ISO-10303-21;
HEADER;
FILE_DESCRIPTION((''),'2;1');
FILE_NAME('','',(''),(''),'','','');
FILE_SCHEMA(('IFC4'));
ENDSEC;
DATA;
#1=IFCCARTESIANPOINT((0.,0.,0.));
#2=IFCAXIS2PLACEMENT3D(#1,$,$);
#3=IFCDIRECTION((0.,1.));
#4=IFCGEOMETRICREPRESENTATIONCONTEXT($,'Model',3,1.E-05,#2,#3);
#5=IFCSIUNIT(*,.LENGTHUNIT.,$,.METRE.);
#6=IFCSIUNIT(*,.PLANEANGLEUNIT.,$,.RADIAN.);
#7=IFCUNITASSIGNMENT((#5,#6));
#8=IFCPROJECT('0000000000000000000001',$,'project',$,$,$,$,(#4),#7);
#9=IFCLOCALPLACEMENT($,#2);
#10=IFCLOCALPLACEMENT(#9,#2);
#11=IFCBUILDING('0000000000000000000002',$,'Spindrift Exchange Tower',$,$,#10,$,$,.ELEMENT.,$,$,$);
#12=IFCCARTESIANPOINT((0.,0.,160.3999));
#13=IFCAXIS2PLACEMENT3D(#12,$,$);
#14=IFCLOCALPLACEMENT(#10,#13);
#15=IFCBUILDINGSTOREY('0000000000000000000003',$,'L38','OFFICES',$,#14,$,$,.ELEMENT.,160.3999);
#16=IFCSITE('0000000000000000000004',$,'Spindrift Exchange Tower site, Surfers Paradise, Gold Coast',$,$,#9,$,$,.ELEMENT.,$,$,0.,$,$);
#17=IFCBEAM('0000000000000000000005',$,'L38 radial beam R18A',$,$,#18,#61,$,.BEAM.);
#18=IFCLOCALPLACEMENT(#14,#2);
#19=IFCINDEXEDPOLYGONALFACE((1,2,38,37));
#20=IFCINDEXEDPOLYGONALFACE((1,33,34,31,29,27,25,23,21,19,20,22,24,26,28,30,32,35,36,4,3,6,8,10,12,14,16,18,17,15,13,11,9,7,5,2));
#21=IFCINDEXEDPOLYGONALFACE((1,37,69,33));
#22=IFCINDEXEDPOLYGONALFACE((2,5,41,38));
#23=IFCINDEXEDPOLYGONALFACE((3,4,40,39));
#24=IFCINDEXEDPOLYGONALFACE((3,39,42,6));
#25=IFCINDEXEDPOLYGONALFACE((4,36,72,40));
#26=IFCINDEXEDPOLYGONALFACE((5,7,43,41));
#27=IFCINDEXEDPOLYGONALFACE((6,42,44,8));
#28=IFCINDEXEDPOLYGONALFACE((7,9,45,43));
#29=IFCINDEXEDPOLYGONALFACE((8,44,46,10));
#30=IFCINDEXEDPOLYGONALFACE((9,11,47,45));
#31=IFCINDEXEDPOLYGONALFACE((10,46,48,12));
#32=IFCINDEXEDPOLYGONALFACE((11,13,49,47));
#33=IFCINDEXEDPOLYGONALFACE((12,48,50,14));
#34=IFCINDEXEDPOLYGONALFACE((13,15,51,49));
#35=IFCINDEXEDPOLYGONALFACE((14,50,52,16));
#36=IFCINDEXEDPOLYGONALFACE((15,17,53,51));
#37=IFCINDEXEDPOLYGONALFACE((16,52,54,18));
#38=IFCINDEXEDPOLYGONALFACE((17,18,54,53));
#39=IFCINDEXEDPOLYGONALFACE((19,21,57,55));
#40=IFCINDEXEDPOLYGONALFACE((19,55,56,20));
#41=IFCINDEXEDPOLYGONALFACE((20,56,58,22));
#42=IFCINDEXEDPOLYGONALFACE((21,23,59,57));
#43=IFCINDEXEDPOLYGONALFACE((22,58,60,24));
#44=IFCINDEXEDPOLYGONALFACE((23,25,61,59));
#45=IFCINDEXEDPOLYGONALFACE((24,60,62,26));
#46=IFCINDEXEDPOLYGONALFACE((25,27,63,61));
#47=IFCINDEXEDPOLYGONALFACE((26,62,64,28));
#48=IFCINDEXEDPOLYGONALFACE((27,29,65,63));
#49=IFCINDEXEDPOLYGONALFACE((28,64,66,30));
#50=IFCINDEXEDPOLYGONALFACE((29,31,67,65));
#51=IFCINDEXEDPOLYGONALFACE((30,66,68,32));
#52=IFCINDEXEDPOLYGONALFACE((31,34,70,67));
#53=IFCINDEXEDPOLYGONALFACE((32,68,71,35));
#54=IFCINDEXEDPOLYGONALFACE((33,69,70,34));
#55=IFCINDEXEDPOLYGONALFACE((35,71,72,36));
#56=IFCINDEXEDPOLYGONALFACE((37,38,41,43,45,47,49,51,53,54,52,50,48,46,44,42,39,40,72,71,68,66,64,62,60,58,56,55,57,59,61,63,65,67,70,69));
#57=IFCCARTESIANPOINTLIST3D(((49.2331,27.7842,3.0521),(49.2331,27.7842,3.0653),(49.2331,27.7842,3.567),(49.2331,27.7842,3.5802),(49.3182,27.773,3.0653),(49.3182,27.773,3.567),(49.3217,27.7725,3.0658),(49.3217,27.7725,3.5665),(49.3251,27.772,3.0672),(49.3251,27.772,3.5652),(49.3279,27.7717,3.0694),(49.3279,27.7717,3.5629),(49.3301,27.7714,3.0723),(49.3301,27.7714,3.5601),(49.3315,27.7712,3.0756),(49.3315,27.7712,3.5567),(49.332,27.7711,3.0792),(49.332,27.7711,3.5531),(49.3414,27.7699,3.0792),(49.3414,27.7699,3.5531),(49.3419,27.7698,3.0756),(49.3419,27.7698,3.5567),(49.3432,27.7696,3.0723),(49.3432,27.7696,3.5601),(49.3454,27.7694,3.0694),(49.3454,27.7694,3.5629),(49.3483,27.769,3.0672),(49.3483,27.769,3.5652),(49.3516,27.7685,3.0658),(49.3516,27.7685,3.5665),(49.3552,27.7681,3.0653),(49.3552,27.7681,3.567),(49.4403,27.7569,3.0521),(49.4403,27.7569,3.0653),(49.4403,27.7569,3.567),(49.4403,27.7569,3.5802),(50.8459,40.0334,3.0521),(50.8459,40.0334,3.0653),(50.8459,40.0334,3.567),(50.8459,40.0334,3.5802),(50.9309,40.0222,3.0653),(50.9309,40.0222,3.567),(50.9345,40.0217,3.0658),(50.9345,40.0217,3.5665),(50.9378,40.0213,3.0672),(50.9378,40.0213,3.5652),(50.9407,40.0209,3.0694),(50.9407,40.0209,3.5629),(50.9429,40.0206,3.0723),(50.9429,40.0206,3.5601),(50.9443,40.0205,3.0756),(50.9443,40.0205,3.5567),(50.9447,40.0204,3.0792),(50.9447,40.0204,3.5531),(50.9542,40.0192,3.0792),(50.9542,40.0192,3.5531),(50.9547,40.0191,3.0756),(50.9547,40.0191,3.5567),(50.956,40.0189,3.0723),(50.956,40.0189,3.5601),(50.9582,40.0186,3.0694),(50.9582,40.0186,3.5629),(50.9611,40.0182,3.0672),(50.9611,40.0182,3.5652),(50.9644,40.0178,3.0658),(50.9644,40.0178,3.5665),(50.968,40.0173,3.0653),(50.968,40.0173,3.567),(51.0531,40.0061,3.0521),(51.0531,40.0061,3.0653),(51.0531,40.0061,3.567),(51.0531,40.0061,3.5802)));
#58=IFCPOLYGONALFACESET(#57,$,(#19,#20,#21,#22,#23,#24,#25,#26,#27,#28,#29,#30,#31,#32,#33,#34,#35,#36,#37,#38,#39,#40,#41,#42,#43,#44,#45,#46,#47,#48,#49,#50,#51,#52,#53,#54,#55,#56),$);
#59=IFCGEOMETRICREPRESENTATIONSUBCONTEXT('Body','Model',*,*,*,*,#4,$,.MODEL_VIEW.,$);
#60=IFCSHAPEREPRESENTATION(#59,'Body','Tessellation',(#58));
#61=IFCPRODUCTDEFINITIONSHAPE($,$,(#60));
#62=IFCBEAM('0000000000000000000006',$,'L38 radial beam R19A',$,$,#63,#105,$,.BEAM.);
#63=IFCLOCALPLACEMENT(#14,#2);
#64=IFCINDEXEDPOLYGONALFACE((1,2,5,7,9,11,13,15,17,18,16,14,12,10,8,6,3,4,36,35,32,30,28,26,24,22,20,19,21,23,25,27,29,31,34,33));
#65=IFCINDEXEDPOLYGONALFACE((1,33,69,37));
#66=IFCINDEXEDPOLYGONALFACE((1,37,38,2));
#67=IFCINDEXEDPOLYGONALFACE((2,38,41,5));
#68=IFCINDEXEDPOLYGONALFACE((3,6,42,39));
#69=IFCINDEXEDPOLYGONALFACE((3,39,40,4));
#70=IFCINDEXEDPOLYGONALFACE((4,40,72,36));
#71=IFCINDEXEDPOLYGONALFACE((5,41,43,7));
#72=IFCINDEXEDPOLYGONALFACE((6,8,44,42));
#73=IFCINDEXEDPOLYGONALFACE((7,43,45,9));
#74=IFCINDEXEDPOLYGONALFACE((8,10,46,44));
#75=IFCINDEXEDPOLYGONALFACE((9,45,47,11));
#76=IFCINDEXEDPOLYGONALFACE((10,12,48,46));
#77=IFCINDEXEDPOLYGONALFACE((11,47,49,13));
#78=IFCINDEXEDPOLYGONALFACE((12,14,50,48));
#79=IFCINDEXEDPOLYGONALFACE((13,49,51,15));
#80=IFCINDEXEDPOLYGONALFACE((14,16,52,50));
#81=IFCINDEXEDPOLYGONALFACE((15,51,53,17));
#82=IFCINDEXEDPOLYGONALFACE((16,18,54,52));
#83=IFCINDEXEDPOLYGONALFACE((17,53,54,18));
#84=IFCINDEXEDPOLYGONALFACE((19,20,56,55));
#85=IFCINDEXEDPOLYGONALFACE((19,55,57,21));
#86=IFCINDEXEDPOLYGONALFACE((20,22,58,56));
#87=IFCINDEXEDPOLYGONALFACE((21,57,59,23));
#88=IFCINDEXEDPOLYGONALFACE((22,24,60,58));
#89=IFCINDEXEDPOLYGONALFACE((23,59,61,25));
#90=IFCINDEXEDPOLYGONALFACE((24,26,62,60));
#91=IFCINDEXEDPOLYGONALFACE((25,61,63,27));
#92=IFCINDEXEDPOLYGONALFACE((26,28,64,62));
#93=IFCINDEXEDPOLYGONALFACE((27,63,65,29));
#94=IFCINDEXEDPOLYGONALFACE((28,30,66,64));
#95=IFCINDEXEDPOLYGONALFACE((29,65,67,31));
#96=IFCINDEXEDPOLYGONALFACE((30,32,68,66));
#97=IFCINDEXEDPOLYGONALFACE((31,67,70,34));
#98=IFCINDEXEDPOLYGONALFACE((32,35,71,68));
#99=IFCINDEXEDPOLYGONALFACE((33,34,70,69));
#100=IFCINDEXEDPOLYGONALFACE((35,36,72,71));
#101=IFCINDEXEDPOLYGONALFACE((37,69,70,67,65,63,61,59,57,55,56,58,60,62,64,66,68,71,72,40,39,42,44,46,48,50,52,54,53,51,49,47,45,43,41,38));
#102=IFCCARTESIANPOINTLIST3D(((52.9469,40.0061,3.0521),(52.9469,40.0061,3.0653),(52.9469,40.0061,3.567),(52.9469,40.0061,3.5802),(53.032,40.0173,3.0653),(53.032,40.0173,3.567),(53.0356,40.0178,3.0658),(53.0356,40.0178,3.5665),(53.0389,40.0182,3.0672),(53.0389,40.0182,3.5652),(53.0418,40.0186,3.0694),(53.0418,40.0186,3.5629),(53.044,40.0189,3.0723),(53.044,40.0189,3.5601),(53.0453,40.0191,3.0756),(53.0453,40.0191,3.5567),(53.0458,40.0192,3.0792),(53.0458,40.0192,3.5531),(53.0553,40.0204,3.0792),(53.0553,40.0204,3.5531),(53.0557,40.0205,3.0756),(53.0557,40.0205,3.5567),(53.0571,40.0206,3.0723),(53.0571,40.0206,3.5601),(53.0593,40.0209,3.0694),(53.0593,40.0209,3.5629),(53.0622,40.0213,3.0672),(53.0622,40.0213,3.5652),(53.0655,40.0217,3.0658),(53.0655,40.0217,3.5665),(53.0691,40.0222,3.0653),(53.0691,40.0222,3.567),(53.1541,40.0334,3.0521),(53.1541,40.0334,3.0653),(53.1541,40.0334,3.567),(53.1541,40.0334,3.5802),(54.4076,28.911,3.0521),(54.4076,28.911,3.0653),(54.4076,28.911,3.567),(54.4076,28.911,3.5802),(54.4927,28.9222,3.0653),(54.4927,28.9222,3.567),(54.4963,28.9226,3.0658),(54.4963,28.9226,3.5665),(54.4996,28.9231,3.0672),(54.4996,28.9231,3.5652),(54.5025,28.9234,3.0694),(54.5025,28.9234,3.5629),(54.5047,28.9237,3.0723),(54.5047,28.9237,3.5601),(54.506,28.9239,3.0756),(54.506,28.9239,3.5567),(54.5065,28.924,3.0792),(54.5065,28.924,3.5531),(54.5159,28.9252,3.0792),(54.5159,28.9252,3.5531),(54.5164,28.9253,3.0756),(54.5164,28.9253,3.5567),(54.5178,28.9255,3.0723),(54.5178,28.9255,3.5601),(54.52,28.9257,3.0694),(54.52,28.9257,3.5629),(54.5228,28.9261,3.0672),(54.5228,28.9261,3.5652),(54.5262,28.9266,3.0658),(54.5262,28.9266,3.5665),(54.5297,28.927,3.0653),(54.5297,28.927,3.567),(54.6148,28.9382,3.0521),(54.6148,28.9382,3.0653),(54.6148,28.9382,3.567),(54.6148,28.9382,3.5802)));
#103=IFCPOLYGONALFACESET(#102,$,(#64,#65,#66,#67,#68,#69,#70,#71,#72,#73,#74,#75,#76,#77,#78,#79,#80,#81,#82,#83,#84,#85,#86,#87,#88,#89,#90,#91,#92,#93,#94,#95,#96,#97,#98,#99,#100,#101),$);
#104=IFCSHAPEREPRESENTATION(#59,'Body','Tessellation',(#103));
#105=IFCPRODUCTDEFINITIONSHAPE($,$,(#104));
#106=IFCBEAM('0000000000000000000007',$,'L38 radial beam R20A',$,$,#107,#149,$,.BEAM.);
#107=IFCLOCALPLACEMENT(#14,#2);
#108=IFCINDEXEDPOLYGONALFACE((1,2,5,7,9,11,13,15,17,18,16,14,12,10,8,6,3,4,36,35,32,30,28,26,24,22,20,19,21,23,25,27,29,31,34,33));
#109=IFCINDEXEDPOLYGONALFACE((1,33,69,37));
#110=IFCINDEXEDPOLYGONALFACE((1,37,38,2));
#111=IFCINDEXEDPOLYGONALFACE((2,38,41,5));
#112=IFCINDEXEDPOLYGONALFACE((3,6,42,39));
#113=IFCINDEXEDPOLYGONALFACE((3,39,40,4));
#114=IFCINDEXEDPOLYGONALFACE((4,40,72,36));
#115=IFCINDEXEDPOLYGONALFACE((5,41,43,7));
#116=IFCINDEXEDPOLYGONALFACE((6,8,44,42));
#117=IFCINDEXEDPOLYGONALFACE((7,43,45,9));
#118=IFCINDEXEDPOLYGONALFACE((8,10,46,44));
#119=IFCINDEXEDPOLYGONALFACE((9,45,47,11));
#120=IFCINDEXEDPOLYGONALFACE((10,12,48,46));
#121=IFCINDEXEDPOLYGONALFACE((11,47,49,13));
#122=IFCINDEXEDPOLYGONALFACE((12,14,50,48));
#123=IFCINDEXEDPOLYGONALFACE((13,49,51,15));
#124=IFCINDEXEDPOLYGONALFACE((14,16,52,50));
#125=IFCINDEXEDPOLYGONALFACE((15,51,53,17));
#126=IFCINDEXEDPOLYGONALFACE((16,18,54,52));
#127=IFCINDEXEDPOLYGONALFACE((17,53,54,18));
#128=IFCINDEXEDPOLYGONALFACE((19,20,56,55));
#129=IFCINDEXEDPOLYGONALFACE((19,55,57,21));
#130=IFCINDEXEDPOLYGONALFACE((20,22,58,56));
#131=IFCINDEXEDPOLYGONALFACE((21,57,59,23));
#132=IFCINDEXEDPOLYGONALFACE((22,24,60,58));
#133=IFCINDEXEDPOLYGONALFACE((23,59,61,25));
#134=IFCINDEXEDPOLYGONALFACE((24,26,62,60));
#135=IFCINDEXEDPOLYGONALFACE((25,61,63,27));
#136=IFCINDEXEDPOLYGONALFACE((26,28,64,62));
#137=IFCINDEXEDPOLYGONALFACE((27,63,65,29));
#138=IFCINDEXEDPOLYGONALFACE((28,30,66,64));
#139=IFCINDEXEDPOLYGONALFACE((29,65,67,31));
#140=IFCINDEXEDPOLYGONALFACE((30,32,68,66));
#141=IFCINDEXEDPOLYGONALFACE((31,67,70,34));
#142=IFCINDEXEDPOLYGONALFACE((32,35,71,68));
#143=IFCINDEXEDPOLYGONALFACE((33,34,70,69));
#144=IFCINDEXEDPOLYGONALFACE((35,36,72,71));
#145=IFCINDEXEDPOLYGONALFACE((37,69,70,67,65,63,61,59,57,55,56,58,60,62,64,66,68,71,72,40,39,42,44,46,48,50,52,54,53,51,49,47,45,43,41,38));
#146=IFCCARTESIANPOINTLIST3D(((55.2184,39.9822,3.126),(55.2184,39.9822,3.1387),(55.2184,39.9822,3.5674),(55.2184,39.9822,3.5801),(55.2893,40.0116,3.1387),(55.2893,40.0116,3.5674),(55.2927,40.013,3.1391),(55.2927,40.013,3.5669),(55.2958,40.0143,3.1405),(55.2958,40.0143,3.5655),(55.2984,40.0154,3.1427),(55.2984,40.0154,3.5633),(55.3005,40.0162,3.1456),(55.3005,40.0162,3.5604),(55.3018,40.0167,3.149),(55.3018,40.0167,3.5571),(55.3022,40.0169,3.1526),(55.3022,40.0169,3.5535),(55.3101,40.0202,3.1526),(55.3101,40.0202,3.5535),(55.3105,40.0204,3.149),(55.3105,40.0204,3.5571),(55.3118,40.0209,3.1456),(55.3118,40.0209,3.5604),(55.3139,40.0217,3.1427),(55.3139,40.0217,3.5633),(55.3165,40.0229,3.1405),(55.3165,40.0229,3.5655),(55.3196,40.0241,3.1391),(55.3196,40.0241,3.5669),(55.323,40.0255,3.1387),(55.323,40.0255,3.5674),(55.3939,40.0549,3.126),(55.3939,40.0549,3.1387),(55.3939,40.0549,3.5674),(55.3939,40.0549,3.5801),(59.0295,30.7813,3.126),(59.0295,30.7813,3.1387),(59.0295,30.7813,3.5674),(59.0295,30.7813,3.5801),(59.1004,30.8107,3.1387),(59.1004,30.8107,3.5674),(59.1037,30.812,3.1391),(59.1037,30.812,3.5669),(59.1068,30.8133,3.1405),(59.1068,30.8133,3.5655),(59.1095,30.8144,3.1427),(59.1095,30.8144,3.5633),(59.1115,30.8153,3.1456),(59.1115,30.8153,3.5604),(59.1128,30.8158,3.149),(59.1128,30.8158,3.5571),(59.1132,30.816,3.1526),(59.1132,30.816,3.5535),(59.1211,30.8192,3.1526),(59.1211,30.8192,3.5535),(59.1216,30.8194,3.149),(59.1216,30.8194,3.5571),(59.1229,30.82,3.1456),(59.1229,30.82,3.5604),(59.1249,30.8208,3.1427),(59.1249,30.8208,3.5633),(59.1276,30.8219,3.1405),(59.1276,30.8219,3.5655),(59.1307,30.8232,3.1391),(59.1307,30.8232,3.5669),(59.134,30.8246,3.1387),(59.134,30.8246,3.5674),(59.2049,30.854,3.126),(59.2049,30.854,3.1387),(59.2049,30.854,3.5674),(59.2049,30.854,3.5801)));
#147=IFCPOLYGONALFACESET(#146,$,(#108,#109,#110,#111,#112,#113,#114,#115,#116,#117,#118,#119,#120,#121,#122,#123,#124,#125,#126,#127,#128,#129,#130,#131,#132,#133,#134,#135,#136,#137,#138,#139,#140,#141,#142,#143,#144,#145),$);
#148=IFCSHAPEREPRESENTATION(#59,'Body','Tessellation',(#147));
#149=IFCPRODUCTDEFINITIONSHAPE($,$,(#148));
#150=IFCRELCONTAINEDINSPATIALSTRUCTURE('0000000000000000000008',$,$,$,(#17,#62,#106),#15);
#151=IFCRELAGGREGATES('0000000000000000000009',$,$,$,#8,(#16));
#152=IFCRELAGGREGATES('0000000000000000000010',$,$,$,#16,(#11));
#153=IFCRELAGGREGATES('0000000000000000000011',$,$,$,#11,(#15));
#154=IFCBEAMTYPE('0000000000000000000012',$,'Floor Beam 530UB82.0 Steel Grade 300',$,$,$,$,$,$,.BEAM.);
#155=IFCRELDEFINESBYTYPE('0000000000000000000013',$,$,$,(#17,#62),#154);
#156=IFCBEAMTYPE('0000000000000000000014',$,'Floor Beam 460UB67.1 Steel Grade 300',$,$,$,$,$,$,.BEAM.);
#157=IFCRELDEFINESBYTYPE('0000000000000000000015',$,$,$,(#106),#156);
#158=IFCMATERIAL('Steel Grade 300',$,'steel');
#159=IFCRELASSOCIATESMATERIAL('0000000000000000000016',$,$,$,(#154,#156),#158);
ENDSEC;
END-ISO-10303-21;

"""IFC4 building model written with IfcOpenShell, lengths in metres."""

from ifc_helpers import new_model, si_unit, direction, frame, origin, origin_2d, place, context, subcontext, project, spatial, i_section, extrude, source, transform, mapped, material, material_profile, profile_set, type_object, element, save


model = new_model("IFC4")

# Units and contexts
model_context = context("Model", 3, precision=1e-05, world=origin(), true_north=direction((0.0, 1.0)))
body_context = subcontext(model_context, "Body", "Model", "MODEL_VIEW")
ifc_project = project(units=[si_unit("LENGTHUNIT", "METRE"), si_unit("PLANEANGLEUNIT", "RADIAN")], contexts=[model_context])

# Site, building, storey
site_placement = place(None, origin())
site = spatial("IfcSite", under=ifc_project, at=site_placement, Name="Spindrift Exchange Tower site, Surfers Paradise, Gold Coast", CompositionType="ELEMENT", RefElevation=0.0)
building_placement = place(site_placement, origin())
building = spatial("IfcBuilding", under=site, at=building_placement, Name="Spindrift Exchange Tower", CompositionType="ELEMENT")
storey_placement = place(building_placement, frame((0.0, 0.0, 160.3999)))
storey = spatial("IfcBuildingStorey", under=building, at=storey_placement, Name="L38", Description="OFFICES", CompositionType="ELEMENT", Elevation=160.3999)

# Beams
ifc_material_1 = material(Name="Steel Grade 300", Category="steel")
ifc_material_profile_1 = material_profile(ifc_material_1, i_section(OverallWidth=0.209, OverallDepth=0.5281, WebThickness=0.0095, FlangeThickness=0.0132, FilletRadius=0.0139, at=origin_2d()), Name="530UB82.0")
ifc_profile_set_1 = profile_set([ifc_material_profile_1], Name="Steel Grade 300")
beam_type_1 = type_object("IfcBeamType", Name="Floor Beam 530UB82.0 Steel Grade 300", PredefinedType="BEAM", material=ifc_profile_set_1)
shared_shape_1 = source(origin(), body_context, "Body", "SweptSolid", [
    extrude(i_section(OverallWidth=0.209, OverallDepth=0.5281, WebThickness=0.0095, FlangeThickness=0.0132, FilletRadius=0.0139, at=origin_2d()), origin(), (0.0, 0.0, 1.0), 12.355),
])
beam_1_placement = place(storey_placement, frame((50.9495, 40.0198, 3.3162), z_axis=(-0.130538, -0.991443, 0.0), x_axis=(0.991443, -0.130538, 0.0)))
element("IfcBeam", 1, at=beam_1_placement, inside=storey, type_object=beam_type_1, Name="L38 radial beam R18A", PredefinedType="BEAM", context=body_context, shape_type="MappedRepresentation", body=[
    mapped(shared_shape_1, transform((0.0, 0.0, 0.0), scale=1.0)),
])
shared_shape_2 = source(origin(), body_context, "Body", "SweptSolid", [
    extrude(i_section(OverallWidth=0.209, OverallDepth=0.5281, WebThickness=0.0095, FlangeThickness=0.0132, FilletRadius=0.0139, at=origin_2d()), origin(), (0.0, 0.0, 1.0), 11.1909),
])
beam_2_placement = place(storey_placement, frame((53.0505, 40.0198, 3.3162), z_axis=(0.130524, -0.991445, 0.0), x_axis=(0.991445, 0.130524, 0.0)))
element("IfcBeam", 2, at=beam_2_placement, inside=storey, type_object=beam_type_1, Name="L38 radial beam R19A", PredefinedType="BEAM", context=body_context, shape_type="MappedRepresentation", body=[
    mapped(shared_shape_2, transform((0.0, 0.0, 0.0), scale=1.0)),
])
ifc_material_profile_2 = material_profile(ifc_material_1, i_section(OverallWidth=0.1899, OverallDepth=0.4541, WebThickness=0.0085, FlangeThickness=0.0127, FilletRadius=0.0139, at=origin_2d()), Name="460UB67.1")
ifc_profile_set_2 = profile_set([ifc_material_profile_2], Name="Steel Grade 300")
beam_type_2 = type_object("IfcBeamType", Name="Floor Beam 460UB67.1 Steel Grade 300", PredefinedType="BEAM", material=ifc_profile_set_2)
shared_shape_3 = source(origin(), body_context, "Body", "SweptSolid", [
    extrude(i_section(OverallWidth=0.1899, OverallDepth=0.4541, WebThickness=0.0085, FlangeThickness=0.0127, FilletRadius=0.0139, at=origin_2d()), origin(), (0.0, 0.0, 1.0), 9.959),
])
beam_3_placement = place(storey_placement, frame((55.3062, 40.0186, 3.353), z_axis=(0.382674, -0.923884, 0.0), x_axis=(0.923884, 0.382674, 0.0)))
element("IfcBeam", 3, at=beam_3_placement, inside=storey, type_object=beam_type_2, Name="L38 radial beam R20A", PredefinedType="BEAM", context=body_context, shape_type="MappedRepresentation", body=[
    mapped(shared_shape_3, transform((0.0, 0.0, 0.0), scale=1.0)),
])

save(model, "model.ifc")
